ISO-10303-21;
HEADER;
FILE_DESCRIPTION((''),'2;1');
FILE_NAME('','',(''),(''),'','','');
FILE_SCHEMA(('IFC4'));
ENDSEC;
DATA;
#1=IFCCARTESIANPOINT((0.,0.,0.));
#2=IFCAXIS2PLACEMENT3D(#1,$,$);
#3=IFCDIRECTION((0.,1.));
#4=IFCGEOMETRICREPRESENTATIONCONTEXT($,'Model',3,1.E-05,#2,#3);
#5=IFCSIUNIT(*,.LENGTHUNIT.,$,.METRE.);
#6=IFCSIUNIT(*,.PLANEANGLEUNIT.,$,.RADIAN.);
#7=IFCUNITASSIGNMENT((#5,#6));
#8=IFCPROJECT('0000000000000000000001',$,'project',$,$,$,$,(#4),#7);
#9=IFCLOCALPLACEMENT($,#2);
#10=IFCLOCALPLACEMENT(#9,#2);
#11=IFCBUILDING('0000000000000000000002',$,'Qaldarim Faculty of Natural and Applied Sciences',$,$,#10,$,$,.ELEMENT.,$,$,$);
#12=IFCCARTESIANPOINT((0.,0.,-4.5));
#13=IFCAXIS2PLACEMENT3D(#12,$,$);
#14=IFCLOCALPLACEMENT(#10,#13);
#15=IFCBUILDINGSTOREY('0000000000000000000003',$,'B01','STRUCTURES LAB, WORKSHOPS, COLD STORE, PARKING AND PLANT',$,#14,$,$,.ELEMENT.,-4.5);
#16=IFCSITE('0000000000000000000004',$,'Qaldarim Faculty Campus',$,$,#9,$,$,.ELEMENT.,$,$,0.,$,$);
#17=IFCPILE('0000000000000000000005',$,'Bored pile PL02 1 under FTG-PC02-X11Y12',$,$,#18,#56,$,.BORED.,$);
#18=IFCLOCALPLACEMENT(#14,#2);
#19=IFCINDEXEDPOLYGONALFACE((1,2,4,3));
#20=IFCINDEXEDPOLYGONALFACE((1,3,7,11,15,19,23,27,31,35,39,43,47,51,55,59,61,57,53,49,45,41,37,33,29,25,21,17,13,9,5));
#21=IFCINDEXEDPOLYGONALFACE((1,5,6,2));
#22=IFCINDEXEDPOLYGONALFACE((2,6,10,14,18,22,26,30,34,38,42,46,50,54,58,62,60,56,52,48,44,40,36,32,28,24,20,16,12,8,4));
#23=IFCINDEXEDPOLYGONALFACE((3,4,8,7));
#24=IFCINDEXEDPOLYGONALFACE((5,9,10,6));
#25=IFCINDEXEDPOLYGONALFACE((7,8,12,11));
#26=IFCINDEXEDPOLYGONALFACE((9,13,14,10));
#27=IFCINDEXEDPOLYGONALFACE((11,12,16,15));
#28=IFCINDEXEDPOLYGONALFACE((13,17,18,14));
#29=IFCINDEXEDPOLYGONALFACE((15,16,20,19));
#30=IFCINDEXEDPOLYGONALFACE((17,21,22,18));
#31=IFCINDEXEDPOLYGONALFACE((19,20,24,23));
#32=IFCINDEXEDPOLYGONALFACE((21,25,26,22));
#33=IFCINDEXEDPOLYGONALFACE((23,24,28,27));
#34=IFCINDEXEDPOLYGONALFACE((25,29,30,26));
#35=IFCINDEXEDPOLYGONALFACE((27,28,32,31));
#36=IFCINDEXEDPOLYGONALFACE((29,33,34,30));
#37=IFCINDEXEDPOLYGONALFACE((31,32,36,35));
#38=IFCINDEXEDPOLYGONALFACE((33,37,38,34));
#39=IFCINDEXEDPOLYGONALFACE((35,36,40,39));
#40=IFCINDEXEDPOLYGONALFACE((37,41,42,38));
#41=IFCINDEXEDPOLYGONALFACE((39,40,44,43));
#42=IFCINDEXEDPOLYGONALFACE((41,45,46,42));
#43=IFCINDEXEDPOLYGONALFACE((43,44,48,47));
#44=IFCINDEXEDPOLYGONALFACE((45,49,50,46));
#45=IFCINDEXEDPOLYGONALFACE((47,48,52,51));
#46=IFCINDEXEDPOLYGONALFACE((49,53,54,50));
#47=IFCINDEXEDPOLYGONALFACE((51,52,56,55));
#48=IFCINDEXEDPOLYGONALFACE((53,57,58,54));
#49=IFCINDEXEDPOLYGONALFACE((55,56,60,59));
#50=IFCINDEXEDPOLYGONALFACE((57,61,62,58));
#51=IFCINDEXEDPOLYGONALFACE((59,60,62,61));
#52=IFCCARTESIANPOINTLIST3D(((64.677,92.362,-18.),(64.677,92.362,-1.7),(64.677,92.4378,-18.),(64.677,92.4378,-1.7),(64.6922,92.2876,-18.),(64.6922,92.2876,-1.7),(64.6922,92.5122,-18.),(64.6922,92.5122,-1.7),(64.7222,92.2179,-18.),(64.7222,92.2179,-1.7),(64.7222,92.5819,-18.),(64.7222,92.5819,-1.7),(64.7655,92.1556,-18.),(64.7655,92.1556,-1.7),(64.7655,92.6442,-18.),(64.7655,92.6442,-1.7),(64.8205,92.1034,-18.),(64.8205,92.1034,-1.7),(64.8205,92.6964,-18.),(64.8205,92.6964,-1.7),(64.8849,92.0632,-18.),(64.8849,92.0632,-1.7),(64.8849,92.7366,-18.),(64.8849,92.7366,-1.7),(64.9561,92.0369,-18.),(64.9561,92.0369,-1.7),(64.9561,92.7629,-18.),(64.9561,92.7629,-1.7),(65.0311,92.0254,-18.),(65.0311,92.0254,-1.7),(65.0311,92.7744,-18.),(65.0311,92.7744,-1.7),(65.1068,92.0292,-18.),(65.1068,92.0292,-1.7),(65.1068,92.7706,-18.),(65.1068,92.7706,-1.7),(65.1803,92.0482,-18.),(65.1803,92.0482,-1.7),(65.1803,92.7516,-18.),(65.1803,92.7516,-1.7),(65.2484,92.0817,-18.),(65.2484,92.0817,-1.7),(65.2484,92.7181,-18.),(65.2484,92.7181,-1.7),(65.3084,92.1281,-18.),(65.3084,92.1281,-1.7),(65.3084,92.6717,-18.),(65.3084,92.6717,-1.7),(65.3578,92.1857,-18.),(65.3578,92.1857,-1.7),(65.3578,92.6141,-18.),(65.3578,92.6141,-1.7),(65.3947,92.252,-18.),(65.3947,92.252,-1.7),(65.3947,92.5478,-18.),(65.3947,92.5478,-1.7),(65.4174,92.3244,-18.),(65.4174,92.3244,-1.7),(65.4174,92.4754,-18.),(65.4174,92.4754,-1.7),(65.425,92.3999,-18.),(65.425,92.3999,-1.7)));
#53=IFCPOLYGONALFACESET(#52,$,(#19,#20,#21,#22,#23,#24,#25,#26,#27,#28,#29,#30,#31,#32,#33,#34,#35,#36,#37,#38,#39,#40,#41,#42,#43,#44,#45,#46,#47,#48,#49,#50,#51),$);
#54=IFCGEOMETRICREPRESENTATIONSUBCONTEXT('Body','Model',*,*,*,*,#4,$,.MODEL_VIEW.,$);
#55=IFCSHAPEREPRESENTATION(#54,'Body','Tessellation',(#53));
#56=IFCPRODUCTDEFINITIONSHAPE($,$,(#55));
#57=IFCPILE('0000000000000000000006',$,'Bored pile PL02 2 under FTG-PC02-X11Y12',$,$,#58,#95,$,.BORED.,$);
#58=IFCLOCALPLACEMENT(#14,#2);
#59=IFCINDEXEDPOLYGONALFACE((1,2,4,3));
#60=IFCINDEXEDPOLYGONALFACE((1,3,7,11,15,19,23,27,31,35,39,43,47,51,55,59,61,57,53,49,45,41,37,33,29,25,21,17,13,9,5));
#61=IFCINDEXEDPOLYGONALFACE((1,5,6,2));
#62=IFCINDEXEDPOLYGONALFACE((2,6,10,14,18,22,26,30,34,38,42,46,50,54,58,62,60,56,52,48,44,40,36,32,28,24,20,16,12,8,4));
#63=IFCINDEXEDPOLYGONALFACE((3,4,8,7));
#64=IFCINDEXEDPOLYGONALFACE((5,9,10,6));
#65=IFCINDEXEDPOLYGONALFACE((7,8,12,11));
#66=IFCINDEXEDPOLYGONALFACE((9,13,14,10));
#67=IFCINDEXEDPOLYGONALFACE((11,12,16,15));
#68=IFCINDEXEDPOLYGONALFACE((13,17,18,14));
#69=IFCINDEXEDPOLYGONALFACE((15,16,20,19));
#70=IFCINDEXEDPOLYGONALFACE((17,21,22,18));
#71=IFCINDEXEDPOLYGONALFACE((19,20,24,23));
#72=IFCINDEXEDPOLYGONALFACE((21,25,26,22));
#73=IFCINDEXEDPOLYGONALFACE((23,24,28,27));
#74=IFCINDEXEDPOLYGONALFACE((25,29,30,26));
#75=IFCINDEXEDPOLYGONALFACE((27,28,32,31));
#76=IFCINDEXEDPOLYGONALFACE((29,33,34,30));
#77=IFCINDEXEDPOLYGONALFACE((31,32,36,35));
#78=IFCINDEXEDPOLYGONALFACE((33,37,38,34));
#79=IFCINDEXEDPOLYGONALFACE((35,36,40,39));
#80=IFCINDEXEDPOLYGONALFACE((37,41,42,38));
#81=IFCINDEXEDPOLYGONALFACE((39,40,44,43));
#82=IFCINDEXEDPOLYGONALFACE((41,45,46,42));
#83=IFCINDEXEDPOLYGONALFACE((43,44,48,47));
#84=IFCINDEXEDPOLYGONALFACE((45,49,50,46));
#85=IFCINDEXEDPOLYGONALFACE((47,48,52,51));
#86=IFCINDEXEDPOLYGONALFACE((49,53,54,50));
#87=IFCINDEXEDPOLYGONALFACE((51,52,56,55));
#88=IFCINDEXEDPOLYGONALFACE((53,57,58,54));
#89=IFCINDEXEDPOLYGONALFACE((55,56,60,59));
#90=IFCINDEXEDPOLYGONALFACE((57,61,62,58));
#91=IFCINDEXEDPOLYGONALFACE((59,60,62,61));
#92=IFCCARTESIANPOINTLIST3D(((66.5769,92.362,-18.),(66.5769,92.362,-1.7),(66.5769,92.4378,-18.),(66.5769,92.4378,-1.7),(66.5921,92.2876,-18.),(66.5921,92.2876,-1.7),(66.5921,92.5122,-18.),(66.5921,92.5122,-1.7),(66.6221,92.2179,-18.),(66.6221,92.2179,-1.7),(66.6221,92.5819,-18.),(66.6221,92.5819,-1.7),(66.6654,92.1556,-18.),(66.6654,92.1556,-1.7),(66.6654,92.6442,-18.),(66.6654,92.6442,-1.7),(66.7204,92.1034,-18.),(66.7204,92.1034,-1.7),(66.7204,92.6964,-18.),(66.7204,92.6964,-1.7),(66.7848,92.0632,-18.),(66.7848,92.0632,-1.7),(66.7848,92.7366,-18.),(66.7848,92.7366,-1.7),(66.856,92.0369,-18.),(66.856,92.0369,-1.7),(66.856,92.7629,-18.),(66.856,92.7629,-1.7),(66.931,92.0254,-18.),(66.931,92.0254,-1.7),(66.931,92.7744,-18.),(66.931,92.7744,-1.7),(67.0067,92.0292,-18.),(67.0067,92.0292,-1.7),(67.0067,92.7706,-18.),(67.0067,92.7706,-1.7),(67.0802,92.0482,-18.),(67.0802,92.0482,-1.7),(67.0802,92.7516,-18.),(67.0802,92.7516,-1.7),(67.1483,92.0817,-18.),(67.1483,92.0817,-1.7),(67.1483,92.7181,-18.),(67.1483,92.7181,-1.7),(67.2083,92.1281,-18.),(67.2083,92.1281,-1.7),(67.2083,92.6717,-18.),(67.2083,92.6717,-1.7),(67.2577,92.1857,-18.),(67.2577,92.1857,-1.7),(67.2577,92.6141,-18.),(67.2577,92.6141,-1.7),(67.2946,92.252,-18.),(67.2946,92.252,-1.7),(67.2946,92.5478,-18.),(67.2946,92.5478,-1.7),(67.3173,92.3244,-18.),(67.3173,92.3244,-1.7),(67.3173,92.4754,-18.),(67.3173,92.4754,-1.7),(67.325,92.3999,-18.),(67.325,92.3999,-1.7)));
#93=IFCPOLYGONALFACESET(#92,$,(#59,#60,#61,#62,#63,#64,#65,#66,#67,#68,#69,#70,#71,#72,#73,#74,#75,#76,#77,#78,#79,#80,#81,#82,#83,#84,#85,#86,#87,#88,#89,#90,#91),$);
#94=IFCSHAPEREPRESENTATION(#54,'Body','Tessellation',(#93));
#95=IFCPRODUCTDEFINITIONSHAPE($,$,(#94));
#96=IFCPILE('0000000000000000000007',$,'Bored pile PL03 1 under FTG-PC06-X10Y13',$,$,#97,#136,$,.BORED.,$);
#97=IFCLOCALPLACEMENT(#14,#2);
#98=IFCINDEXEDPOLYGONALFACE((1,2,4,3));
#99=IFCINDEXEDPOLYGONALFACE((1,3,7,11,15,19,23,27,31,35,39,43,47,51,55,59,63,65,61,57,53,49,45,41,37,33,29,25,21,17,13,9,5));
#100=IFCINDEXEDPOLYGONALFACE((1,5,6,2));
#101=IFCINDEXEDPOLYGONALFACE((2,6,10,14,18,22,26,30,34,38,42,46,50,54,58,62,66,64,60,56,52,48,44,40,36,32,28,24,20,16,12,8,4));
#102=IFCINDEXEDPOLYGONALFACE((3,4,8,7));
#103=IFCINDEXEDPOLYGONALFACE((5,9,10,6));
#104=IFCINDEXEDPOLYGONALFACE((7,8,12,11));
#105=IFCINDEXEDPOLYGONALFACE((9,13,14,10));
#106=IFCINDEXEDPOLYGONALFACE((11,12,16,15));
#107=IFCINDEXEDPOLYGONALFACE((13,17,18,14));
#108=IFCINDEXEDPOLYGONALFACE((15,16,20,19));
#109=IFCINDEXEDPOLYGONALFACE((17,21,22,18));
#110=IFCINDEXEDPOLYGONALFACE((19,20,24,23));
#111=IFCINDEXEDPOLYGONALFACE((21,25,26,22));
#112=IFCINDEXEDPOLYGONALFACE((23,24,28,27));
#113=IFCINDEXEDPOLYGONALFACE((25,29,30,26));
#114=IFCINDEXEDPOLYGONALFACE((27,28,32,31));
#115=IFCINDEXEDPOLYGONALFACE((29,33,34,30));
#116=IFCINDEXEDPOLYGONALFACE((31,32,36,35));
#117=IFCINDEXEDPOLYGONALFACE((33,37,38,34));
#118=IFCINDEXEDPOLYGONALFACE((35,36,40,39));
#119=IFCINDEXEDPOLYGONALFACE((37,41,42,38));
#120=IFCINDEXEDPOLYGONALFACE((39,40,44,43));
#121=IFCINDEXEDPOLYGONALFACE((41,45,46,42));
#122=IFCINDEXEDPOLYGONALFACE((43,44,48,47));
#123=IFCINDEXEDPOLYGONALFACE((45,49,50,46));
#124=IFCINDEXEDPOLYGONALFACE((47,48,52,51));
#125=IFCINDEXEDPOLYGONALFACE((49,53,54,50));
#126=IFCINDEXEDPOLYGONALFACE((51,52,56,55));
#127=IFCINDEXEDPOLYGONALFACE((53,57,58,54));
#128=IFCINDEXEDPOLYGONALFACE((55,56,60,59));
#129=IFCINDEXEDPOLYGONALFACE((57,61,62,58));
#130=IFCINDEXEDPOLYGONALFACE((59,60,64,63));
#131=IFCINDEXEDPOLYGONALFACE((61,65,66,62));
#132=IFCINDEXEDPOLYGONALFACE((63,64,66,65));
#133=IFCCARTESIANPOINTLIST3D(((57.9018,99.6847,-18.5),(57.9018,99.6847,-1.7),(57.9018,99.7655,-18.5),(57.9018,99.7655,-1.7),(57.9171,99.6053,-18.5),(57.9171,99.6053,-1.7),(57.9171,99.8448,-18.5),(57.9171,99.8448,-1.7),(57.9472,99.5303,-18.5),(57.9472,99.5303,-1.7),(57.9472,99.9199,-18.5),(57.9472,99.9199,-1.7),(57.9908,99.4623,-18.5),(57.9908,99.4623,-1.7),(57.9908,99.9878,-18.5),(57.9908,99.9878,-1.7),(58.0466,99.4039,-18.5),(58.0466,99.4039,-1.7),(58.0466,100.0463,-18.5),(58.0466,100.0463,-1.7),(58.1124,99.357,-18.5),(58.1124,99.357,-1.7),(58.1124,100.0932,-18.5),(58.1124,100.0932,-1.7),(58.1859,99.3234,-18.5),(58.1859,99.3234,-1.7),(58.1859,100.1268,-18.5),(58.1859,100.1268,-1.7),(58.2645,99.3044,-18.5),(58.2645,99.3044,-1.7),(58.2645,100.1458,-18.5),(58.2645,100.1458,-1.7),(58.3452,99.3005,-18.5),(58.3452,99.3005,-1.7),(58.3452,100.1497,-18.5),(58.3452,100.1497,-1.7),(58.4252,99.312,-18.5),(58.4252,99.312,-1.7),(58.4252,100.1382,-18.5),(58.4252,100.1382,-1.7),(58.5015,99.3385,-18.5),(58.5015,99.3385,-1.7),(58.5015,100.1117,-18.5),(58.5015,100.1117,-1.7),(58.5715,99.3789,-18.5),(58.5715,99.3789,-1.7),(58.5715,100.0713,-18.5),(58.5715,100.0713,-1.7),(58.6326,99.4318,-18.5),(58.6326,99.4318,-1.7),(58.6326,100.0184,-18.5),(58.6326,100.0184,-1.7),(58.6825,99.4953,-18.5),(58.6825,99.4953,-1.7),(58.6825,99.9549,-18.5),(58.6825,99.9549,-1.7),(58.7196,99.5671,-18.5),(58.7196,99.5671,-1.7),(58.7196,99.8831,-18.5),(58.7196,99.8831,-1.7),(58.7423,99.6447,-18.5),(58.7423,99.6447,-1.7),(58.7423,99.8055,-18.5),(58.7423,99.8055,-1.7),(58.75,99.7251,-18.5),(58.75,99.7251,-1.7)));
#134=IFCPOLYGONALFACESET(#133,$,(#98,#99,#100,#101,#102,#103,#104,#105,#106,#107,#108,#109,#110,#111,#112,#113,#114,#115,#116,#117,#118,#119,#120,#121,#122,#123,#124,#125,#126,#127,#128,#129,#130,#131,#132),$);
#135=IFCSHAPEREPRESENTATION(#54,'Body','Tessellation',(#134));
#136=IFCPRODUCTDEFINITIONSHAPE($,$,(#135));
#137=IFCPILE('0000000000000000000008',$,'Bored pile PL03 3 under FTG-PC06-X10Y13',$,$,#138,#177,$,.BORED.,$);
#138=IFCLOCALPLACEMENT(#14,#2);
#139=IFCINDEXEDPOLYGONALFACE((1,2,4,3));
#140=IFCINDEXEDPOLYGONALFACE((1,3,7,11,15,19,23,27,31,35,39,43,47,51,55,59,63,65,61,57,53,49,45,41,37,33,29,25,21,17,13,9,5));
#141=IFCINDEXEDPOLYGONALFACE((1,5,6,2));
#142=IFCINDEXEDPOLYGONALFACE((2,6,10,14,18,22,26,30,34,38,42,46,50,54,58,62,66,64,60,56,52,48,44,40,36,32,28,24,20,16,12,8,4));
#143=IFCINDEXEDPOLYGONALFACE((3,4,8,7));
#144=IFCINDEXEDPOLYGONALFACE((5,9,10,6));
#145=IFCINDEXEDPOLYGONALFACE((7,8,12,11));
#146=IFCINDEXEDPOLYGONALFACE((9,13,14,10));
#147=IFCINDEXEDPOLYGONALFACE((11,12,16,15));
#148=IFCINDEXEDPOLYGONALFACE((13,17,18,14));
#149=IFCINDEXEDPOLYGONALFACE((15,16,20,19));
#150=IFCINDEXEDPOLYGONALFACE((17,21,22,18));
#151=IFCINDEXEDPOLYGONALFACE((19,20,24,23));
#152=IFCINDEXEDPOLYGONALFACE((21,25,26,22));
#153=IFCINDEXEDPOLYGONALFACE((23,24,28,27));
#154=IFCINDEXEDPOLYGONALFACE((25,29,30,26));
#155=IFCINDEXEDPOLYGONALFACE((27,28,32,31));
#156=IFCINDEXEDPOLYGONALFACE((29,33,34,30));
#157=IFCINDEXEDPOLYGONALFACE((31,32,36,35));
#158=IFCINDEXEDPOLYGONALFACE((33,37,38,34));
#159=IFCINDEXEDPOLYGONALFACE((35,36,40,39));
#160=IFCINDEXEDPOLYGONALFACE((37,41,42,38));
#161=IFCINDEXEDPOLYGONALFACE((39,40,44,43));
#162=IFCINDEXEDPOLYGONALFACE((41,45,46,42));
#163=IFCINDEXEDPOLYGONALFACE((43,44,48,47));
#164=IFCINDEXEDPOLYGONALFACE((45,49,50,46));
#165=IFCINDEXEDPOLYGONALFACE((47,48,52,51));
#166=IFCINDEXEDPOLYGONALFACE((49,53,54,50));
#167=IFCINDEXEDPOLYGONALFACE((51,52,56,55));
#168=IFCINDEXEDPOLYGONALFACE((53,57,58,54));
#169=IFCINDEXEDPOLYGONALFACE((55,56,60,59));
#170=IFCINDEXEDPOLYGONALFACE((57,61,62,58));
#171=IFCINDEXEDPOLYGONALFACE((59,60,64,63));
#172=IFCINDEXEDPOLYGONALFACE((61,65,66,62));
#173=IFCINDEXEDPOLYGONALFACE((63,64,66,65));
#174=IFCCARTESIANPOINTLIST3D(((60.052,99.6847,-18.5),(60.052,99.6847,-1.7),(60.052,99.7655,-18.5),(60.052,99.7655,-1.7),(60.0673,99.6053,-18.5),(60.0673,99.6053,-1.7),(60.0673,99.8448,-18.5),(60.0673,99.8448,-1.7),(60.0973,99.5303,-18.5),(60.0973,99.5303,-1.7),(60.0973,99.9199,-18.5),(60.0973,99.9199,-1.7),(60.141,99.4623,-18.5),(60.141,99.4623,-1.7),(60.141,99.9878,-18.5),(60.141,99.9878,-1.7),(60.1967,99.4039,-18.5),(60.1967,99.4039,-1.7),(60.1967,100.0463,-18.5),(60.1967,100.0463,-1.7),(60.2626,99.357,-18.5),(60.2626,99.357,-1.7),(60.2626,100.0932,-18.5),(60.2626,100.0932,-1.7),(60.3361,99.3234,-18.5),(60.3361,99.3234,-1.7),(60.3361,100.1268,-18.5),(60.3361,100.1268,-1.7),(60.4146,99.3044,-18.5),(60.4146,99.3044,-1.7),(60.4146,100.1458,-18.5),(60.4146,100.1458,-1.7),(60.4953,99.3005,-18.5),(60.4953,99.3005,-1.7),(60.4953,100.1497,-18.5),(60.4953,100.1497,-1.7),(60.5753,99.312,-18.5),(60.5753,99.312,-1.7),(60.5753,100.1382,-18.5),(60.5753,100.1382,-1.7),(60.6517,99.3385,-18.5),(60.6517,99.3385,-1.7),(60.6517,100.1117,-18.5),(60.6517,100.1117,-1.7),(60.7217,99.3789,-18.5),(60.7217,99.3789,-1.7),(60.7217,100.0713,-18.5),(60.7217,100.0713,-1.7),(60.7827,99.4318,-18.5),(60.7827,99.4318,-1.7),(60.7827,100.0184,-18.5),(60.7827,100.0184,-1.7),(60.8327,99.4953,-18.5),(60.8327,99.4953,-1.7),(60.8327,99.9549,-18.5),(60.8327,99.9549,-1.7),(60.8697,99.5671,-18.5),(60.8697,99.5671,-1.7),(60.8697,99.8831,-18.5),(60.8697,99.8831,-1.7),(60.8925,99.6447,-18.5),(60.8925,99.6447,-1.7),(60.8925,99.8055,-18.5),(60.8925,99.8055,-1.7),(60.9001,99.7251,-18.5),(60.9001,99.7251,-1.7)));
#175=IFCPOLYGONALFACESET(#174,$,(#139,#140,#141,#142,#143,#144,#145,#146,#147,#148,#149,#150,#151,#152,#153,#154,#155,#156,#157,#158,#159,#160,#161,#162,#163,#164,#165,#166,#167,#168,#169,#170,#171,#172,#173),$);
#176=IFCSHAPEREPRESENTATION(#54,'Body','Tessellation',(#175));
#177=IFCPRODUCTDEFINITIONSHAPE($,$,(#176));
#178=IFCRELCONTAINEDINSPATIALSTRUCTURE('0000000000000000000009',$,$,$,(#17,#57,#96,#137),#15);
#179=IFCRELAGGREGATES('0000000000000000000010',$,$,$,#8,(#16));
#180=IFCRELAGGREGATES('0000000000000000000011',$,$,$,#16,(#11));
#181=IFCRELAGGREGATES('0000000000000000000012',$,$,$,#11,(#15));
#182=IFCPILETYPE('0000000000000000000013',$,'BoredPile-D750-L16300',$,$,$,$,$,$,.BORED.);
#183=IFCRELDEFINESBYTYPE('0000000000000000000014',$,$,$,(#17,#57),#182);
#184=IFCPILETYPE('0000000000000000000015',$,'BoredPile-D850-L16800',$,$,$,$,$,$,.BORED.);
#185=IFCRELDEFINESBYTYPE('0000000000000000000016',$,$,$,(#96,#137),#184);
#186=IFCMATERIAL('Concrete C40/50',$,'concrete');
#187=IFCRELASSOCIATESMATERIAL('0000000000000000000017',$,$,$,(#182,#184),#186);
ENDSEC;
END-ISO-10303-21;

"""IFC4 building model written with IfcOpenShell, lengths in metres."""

from ifc_helpers import new_model, si_unit, direction, frame, origin, origin_2d, place, context, subcontext, project, spatial, circle, extrude, material, material_profile, profile_set, type_object, element, save


model = new_model("IFC4")

# Units and contexts
model_context = context("Model", 3, precision=1e-05, world=origin(), true_north=direction((0.0, 1.0)))
body_context = subcontext(model_context, "Body", "Model", "MODEL_VIEW")
ifc_project = project(units=[si_unit("LENGTHUNIT", "METRE"), si_unit("PLANEANGLEUNIT", "RADIAN")], contexts=[model_context])

# Site, building, storey
site_placement = place(None, origin())
site = spatial("IfcSite", under=ifc_project, at=site_placement, Name="Qaldarim Faculty Campus", CompositionType="ELEMENT", RefElevation=0.0)
building_placement = place(site_placement, origin())
building = spatial("IfcBuilding", under=site, at=building_placement, Name="Qaldarim Faculty of Natural and Applied Sciences", CompositionType="ELEMENT")
storey_placement = place(building_placement, frame((0.0, 0.0, -4.5)))
storey = spatial("IfcBuildingStorey", under=building, at=storey_placement, Name="B01", Description="STRUCTURES LAB, WORKSHOPS, COLD STORE, PARKING AND PLANT", CompositionType="ELEMENT", Elevation=-4.5)

# Piles
ifc_material_1 = material(Name="Concrete C40/50", Category="concrete")
ifc_material_profile_1 = material_profile(ifc_material_1, circle(Radius=0.375, at=origin_2d()), Name="PILE-D750")
ifc_profile_set_1 = profile_set([ifc_material_profile_1], Name="Concrete C40/50")
pile_type_1 = type_object("IfcPileType", Name="BoredPile-D750-L16300", PredefinedType="BORED", material=ifc_profile_set_1)
for number, where, z_axis, x_axis, name in (
    (1, (65.05, 92.3999, -1.7), (0.0, 0.0, -1.0), (1.0, 0.0, 0.0), "Bored pile PL02 1 under FTG-PC02-X11Y12"),
    (2, (66.95, 92.3999, -1.7), (0.0, 0.0, -1.0), (1.0, 0.0, 0.0), "Bored pile PL02 2 under FTG-PC02-X11Y12"),
):
    element("IfcPile", number, at=place(storey_placement, frame(where, z_axis=z_axis, x_axis=x_axis)), inside=storey, type_object=pile_type_1, Name=name, PredefinedType="BORED", context=body_context, shape_type="SweptSolid", body=[
        extrude(circle(Radius=0.375, at=origin_2d()), origin(), (0.0, 0.0, 1.0), 16.3),
    ])
ifc_material_profile_2 = material_profile(ifc_material_1, circle(Radius=0.425, at=origin_2d()), Name="PILE-D850")
ifc_profile_set_2 = profile_set([ifc_material_profile_2], Name="Concrete C40/50")
pile_type_2 = type_object("IfcPileType", Name="BoredPile-D850-L16800", PredefinedType="BORED", material=ifc_profile_set_2)
for number, where, z_axis, x_axis, name in (
    (3, (58.325, 99.7251, -1.7), (0.0, 0.0, -1.0), (1.0, 0.0, 0.0), "Bored pile PL03 1 under FTG-PC06-X10Y13"),
    (4, (60.4751, 99.7251, -1.7), (0.0, 0.0, -1.0), (1.0, 0.0, 0.0), "Bored pile PL03 3 under FTG-PC06-X10Y13"),
):
    element("IfcPile", number, at=place(storey_placement, frame(where, z_axis=z_axis, x_axis=x_axis)), inside=storey, type_object=pile_type_2, Name=name, PredefinedType="BORED", context=body_context, shape_type="SweptSolid", body=[
        extrude(circle(Radius=0.425, at=origin_2d()), origin(), (0.0, 0.0, 1.0), 16.8),
    ])

save(model, "model.ifc")
